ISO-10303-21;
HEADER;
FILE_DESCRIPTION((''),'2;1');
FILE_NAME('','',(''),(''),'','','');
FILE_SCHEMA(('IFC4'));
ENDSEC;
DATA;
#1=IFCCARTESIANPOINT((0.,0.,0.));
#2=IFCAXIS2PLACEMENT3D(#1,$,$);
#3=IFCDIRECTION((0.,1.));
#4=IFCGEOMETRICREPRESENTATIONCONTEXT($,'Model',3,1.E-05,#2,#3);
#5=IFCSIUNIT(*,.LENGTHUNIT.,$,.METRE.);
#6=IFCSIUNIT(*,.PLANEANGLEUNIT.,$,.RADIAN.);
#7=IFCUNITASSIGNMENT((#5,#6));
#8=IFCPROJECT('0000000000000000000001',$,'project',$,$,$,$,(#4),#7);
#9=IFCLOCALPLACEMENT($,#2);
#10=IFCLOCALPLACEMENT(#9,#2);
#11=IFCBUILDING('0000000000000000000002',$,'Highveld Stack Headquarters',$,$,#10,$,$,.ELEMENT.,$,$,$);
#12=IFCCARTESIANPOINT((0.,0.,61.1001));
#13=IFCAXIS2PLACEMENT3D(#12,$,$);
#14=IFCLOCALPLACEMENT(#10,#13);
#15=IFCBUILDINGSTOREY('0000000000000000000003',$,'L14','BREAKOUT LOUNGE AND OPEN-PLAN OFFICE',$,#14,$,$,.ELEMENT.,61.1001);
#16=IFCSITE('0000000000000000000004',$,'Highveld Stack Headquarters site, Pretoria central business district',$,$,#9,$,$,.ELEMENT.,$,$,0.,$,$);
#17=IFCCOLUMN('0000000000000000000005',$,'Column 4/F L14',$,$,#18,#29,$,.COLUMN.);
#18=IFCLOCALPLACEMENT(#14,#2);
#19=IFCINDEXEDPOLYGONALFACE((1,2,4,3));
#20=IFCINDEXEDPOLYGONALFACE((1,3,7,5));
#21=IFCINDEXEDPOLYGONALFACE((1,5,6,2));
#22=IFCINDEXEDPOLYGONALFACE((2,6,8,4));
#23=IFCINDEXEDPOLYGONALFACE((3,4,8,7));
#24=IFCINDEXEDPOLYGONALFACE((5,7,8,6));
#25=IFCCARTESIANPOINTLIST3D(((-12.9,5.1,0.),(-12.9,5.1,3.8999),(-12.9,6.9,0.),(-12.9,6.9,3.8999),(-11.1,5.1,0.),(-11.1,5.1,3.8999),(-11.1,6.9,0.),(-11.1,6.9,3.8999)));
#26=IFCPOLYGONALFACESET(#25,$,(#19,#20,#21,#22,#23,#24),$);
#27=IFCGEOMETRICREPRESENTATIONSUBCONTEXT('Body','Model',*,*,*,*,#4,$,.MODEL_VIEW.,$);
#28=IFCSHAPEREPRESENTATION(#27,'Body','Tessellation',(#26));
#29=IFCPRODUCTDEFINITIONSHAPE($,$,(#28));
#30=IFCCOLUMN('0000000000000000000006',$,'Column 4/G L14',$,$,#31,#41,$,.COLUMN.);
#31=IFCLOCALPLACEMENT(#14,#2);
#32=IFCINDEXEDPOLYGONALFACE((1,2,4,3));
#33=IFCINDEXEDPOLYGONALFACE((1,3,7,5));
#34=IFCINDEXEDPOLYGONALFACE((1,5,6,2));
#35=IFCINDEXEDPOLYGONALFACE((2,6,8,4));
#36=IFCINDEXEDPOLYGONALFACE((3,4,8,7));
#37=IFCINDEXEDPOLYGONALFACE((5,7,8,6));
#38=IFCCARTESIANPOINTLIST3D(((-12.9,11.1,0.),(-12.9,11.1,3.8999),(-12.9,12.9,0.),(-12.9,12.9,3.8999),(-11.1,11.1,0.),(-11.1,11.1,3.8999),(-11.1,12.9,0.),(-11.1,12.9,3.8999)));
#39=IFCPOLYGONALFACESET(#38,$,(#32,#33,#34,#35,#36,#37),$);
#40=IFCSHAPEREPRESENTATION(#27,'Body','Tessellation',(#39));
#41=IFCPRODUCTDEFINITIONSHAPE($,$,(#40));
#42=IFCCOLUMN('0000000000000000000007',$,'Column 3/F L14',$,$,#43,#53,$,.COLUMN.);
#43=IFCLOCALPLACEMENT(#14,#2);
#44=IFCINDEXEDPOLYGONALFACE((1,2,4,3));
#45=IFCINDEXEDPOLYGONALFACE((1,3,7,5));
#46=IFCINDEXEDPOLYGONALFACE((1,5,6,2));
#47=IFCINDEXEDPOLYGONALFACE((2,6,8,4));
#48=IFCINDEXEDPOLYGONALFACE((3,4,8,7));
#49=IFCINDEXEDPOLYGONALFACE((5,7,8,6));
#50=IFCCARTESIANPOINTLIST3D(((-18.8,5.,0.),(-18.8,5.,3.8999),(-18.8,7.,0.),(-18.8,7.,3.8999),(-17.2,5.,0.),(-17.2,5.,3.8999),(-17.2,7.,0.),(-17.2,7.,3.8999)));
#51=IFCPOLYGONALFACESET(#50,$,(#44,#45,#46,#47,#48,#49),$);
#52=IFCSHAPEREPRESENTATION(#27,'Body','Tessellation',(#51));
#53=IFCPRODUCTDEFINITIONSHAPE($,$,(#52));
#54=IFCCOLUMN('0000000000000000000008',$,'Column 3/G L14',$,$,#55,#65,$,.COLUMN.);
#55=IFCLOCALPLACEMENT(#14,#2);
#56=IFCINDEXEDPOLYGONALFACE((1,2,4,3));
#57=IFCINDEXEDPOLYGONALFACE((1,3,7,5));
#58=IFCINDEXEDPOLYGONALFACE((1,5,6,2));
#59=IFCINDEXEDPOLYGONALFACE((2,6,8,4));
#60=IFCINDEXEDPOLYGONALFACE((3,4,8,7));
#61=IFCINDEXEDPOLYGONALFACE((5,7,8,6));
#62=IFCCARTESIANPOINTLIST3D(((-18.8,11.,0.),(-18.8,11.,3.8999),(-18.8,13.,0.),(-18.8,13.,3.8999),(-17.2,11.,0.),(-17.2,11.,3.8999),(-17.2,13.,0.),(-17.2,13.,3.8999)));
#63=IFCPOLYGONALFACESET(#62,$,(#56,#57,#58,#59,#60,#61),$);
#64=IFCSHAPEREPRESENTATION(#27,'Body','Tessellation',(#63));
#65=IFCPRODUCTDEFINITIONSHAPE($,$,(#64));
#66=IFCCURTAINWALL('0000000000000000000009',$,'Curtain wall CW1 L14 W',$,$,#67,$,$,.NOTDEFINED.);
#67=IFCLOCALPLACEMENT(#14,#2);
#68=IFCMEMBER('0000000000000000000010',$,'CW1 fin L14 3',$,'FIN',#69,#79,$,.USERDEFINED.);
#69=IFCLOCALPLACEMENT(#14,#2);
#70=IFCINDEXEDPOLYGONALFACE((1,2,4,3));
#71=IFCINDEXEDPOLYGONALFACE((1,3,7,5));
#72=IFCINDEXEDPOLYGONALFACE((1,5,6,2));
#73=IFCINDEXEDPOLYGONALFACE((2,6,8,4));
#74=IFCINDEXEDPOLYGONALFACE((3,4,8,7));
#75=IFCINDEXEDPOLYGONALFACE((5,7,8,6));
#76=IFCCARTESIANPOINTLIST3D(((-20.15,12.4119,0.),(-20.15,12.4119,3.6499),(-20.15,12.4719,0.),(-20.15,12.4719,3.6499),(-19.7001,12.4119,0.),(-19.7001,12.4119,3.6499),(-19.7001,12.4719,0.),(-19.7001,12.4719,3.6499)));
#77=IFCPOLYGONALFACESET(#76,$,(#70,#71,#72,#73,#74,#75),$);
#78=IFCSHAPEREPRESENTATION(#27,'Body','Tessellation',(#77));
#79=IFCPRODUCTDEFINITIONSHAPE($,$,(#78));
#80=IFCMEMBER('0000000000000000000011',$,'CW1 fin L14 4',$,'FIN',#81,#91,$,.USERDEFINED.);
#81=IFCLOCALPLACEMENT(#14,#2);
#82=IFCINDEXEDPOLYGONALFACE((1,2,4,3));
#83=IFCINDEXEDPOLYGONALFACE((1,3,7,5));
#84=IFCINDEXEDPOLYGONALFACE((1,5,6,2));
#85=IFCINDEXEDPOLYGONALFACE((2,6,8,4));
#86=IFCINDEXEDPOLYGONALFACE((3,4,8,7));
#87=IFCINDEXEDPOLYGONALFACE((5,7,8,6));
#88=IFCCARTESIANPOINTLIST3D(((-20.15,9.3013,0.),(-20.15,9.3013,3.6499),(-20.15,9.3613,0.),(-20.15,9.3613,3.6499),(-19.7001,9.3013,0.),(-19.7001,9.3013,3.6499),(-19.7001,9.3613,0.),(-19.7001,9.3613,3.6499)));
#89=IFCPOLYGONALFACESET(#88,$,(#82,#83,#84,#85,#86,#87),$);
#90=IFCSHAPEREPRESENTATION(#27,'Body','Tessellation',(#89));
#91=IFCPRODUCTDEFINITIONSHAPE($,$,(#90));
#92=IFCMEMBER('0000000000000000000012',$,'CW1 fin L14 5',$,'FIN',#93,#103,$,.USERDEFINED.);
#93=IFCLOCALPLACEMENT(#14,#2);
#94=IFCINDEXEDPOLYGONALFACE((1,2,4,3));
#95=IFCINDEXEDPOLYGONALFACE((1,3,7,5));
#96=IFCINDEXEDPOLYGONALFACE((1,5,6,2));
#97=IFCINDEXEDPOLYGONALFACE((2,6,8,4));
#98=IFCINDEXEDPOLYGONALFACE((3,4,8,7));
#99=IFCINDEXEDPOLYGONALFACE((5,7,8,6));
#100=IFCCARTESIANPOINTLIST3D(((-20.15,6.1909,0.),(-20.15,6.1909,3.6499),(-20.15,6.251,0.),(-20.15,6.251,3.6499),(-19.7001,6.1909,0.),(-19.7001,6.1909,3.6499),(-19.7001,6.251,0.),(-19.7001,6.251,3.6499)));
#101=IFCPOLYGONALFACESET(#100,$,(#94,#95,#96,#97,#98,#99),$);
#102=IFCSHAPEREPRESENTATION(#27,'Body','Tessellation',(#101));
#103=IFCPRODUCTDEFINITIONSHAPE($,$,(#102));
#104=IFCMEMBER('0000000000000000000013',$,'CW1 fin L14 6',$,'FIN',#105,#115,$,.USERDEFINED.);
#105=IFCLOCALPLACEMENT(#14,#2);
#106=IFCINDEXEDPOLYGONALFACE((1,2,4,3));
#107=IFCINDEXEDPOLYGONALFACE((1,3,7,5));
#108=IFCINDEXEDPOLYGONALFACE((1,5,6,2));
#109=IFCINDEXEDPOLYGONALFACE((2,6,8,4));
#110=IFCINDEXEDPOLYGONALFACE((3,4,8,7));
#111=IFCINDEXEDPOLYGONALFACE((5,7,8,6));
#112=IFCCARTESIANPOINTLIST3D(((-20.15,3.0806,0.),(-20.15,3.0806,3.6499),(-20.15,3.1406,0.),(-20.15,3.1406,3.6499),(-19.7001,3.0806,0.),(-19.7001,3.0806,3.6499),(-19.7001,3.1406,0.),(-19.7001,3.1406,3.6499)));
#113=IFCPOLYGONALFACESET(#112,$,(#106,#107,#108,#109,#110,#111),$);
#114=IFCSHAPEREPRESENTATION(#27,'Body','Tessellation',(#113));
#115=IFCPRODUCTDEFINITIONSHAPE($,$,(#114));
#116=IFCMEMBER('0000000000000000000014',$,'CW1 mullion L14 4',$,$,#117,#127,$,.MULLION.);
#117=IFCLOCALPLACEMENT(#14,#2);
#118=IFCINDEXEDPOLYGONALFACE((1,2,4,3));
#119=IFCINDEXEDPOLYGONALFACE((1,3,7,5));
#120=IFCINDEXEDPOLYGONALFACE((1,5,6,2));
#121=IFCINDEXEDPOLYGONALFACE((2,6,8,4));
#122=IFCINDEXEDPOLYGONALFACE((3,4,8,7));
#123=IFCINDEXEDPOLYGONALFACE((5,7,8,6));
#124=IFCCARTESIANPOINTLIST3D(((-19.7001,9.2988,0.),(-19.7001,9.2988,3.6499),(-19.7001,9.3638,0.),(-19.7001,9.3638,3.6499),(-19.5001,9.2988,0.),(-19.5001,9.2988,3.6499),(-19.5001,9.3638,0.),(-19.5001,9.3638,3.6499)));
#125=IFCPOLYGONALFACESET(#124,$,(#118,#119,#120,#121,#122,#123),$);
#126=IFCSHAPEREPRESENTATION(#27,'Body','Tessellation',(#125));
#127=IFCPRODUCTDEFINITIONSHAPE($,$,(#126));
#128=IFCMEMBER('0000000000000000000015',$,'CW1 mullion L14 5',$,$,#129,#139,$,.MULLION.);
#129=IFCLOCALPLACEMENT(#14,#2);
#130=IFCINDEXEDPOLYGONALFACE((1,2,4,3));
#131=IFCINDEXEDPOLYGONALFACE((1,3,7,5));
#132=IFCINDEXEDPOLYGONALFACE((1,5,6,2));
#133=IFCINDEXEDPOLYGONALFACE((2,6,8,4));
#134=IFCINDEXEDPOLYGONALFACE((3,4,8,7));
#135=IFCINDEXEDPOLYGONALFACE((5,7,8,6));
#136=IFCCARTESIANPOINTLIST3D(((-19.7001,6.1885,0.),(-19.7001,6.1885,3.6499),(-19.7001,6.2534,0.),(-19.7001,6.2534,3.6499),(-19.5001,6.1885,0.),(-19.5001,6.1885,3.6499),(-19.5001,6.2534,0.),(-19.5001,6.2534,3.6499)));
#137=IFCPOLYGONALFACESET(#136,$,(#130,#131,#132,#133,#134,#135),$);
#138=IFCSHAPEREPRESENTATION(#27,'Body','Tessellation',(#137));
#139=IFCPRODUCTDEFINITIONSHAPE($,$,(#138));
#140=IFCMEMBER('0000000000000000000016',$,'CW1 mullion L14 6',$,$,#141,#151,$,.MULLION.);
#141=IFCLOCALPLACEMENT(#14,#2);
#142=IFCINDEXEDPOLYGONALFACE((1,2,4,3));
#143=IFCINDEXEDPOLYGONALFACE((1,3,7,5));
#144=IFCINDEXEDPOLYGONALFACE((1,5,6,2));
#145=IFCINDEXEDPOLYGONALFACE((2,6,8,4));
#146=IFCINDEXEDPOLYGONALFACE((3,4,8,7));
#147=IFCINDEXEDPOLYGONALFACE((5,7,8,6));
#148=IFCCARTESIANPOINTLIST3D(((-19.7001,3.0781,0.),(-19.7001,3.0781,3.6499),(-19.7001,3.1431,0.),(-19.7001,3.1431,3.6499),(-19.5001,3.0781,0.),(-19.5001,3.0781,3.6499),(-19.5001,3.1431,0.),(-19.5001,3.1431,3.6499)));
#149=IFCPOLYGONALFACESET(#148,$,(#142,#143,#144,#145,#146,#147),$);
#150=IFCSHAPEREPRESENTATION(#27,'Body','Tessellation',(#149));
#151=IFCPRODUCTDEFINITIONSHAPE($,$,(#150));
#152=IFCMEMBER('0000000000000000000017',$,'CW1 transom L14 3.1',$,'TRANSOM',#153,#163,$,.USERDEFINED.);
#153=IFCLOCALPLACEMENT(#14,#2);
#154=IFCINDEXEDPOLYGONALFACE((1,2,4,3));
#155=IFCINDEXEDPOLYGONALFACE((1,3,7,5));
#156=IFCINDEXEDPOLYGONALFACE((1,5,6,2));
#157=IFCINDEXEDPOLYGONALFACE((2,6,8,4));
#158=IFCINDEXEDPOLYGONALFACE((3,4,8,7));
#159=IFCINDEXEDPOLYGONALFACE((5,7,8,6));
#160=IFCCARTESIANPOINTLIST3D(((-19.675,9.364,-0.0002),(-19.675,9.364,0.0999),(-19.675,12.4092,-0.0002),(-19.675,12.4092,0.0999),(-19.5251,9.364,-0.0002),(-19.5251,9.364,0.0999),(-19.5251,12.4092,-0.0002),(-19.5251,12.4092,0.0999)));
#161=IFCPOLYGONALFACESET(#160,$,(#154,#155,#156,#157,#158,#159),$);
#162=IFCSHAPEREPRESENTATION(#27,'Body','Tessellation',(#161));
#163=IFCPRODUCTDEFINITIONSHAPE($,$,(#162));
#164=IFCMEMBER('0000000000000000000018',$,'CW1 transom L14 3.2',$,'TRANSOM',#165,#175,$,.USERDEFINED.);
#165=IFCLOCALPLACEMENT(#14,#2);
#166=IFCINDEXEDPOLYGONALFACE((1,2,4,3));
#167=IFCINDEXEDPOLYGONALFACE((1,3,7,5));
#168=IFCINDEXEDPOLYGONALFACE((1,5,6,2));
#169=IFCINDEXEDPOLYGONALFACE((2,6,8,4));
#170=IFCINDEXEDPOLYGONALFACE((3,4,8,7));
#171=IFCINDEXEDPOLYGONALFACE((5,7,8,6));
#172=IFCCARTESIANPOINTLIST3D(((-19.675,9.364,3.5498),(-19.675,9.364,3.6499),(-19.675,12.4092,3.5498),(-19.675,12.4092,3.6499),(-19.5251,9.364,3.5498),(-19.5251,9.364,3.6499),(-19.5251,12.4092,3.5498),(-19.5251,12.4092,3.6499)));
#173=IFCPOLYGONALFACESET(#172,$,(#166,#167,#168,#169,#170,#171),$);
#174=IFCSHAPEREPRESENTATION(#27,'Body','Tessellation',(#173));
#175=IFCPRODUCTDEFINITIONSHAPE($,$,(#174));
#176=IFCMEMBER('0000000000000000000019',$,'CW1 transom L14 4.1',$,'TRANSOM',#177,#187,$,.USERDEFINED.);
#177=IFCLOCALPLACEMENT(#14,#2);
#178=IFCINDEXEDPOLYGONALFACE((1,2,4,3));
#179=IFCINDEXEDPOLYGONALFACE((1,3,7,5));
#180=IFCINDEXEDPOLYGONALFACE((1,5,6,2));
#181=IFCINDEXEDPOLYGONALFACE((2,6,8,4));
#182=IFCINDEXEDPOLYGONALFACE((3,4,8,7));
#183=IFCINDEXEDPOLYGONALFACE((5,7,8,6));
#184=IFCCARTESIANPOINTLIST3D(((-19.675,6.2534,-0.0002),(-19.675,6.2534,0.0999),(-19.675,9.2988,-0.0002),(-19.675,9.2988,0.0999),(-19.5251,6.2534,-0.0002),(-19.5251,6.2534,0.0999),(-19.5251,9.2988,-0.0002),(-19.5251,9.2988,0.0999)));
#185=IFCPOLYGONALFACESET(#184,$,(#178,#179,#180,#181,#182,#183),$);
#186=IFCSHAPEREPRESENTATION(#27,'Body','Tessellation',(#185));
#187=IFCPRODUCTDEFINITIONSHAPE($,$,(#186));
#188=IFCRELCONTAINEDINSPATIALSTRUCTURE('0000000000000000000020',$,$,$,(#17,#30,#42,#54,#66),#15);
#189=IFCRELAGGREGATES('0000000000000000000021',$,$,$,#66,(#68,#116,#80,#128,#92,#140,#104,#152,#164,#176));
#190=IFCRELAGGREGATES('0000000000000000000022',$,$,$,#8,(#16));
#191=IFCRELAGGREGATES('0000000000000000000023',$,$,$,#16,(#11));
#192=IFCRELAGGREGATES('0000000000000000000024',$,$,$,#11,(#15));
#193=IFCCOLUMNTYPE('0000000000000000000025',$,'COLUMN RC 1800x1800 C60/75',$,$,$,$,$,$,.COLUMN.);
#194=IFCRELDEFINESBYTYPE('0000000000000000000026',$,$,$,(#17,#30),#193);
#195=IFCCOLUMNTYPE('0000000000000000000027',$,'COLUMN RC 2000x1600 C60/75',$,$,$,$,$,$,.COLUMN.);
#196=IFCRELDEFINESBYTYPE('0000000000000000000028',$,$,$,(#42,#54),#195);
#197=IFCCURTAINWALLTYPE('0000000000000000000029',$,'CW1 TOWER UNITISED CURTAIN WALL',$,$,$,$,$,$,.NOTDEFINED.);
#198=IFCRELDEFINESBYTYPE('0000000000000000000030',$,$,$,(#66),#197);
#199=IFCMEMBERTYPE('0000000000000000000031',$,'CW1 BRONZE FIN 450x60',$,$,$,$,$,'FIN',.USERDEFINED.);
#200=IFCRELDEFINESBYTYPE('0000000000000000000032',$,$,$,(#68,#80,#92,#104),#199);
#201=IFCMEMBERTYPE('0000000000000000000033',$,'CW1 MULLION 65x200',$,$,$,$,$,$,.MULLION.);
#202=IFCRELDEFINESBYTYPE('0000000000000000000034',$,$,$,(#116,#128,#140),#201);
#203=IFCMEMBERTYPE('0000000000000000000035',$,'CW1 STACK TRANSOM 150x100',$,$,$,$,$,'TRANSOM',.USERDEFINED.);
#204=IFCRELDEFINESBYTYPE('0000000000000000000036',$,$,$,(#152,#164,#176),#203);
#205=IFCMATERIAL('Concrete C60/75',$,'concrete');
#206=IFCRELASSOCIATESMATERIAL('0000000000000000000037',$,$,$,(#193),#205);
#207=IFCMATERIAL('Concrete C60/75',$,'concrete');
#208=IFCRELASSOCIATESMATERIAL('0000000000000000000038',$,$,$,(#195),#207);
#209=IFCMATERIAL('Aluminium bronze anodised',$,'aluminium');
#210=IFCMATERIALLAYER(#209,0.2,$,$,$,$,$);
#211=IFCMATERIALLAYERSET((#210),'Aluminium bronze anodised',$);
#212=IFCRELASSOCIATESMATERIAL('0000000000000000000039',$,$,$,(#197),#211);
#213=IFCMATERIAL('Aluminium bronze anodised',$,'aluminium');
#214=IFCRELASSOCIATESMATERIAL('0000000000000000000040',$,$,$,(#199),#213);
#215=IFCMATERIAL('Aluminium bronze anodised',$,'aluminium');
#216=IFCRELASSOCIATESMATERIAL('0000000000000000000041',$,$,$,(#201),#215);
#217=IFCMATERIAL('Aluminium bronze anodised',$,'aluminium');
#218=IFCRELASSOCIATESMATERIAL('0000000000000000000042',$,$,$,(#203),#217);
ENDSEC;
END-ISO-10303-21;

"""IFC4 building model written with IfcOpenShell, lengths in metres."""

from ifc_helpers import new_model, si_unit, direction, frame, origin, origin_2d, place, context, subcontext, project, spatial, rectangle, extrude, material, layer, layer_set, material_profile, profile_set, type_object, element, aggregate, save


model = new_model("IFC4")

# Units and contexts
model_context = context("Model", 3, precision=1e-05, world=origin(), true_north=direction((0.0, 1.0)))
body_context = subcontext(model_context, "Body", "Model", "MODEL_VIEW")
ifc_project = project(units=[si_unit("LENGTHUNIT", "METRE"), si_unit("PLANEANGLEUNIT", "RADIAN")], contexts=[model_context])

# Site, building, storey
site_placement = place(None, origin())
site = spatial("IfcSite", under=ifc_project, at=site_placement, Name="Highveld Stack Headquarters site, Pretoria central business district", CompositionType="ELEMENT", RefElevation=0.0)
building_placement = place(site_placement, origin())
building = spatial("IfcBuilding", under=site, at=building_placement, Name="Highveld Stack Headquarters", CompositionType="ELEMENT")
storey_placement = place(building_placement, frame((0.0, 0.0, 61.1001)))
storey = spatial("IfcBuildingStorey", under=building, at=storey_placement, Name="L14", Description="BREAKOUT LOUNGE AND OPEN-PLAN OFFICE", CompositionType="ELEMENT", Elevation=61.1001)

# Columns
ifc_material_1 = material(Name="Concrete C60/75", Category="concrete")
ifc_material_profile_1 = material_profile(ifc_material_1, rectangle(XDim=1.8, YDim=1.8, at=origin_2d()), Name="RC 1800x1800")
ifc_profile_set_1 = profile_set([ifc_material_profile_1], Name="Concrete C60/75")
column_type_1 = type_object("IfcColumnType", Name="COLUMN RC 1800x1800 C60/75", PredefinedType="COLUMN", material=ifc_profile_set_1)
for number, where, z_axis, x_axis, name in (
    (1, (-12.0, 6.0, 0.0), (0.0, 0.0, 1.0), (1.0, 0.0, 0.0), "Column 4/F L14"),
    (2, (-12.0, 12.0, 0.0), (0.0, 0.0, 1.0), (1.0, 0.0, 0.0), "Column 4/G L14"),
):
    element("IfcColumn", number, at=place(storey_placement, frame(where, z_axis=z_axis, x_axis=x_axis)), inside=storey, type_object=column_type_1, Name=name, PredefinedType="COLUMN", context=body_context, shape_type="SweptSolid", body=[
        extrude(rectangle(XDim=1.8, YDim=1.8, at=origin_2d()), origin(), (0.0, 0.0, 1.0), 3.8999),
    ])
ifc_material_2 = material(Name="Concrete C60/75", Category="concrete")
ifc_material_profile_2 = material_profile(ifc_material_2, rectangle(XDim=2.0, YDim=1.6001, at=origin_2d()), Name="RC 2000x1600")
ifc_profile_set_2 = profile_set([ifc_material_profile_2], Name="Concrete C60/75")
column_type_2 = type_object("IfcColumnType", Name="COLUMN RC 2000x1600 C60/75", PredefinedType="COLUMN", material=ifc_profile_set_2)
for number, where, z_axis, x_axis, name in (
    (3, (-18.0, 6.0, 0.0), (0.0, 0.0, 1.0), (0.0, 1.0, 0.0), "Column 3/F L14"),
    (4, (-18.0, 12.0, 0.0), (0.0, 0.0, 1.0), (0.0, 1.0, 0.0), "Column 3/G L14"),
):
    element("IfcColumn", number, at=place(storey_placement, frame(where, z_axis=z_axis, x_axis=x_axis)), inside=storey, type_object=column_type_2, Name=name, PredefinedType="COLUMN", context=body_context, shape_type="SweptSolid", body=[
        extrude(rectangle(XDim=2.0, YDim=1.6001, at=origin_2d()), origin(), (0.0, 0.0, 1.0), 3.8999),
    ])

# Curtain wall, members
ifc_material_3 = material(Name="Aluminium bronze anodised", Category="aluminium")
ifc_layer_1 = layer(ifc_material_3, 0.2)
ifc_layer_set_1 = layer_set([ifc_layer_1], Name="Aluminium bronze anodised")
curtain_wall_type = type_object("IfcCurtainWallType", Name="CW1 TOWER UNITISED CURTAIN WALL", PredefinedType="NOTDEFINED", material=ifc_layer_set_1)
curtain_wall_placement = place(storey_placement, origin())
curtain_wall = element("IfcCurtainWall", 5, at=curtain_wall_placement, inside=storey, type_object=curtain_wall_type, Name="Curtain wall CW1 L14 W", PredefinedType="NOTDEFINED")
ifc_material_4 = material(Name="Aluminium bronze anodised", Category="aluminium")
ifc_material_profile_3 = material_profile(ifc_material_4, rectangle(XDim=0.45, YDim=0.0601, at=origin_2d()), Name="FIN 450x60")
ifc_profile_set_3 = profile_set([ifc_material_profile_3], Name="Aluminium bronze anodised")
member_type_1 = type_object("IfcMemberType", Name="CW1 BRONZE FIN 450x60", ElementType="FIN", PredefinedType="USERDEFINED", material=ifc_profile_set_3)
member_1_placement = place(storey_placement, frame((-19.925, 12.4419, 0.0), z_axis=(0.0, 0.0, 1.0), x_axis=(1.0, 0.0, 0.0)))
member_1 = element("IfcMember", 6, at=member_1_placement, type_object=member_type_1, Name="CW1 fin L14 3", ObjectType="FIN", PredefinedType="USERDEFINED", context=body_context, shape_type="SweptSolid", body=[
    extrude(rectangle(XDim=0.45, YDim=0.0601, at=origin_2d()), origin(), (0.0, 0.0, 1.0), 3.6499),
])
member_2_placement = place(storey_placement, frame((-19.925, 9.3313, 0.0), z_axis=(0.0, 0.0, 1.0), x_axis=(1.0, 0.0, 0.0)))
member_2 = element("IfcMember", 7, at=member_2_placement, type_object=member_type_1, Name="CW1 fin L14 4", ObjectType="FIN", PredefinedType="USERDEFINED", context=body_context, shape_type="SweptSolid", body=[
    extrude(rectangle(XDim=0.45, YDim=0.0601, at=origin_2d()), origin(), (0.0, 0.0, 1.0), 3.6499),
])
member_3_placement = place(storey_placement, frame((-19.925, 6.2209, 0.0), z_axis=(0.0, 0.0, 1.0), x_axis=(1.0, 0.0, 0.0)))
member_3 = element("IfcMember", 8, at=member_3_placement, type_object=member_type_1, Name="CW1 fin L14 5", ObjectType="FIN", PredefinedType="USERDEFINED", context=body_context, shape_type="SweptSolid", body=[
    extrude(rectangle(XDim=0.45, YDim=0.0601, at=origin_2d()), origin(), (0.0, 0.0, 1.0), 3.6499),
])
member_4_placement = place(storey_placement, frame((-19.925, 3.1106, 0.0), z_axis=(0.0, 0.0, 1.0), x_axis=(1.0, 0.0, 0.0)))
member_4 = element("IfcMember", 9, at=member_4_placement, type_object=member_type_1, Name="CW1 fin L14 6", ObjectType="FIN", PredefinedType="USERDEFINED", context=body_context, shape_type="SweptSolid", body=[
    extrude(rectangle(XDim=0.45, YDim=0.0601, at=origin_2d()), origin(), (0.0, 0.0, 1.0), 3.6499),
])
ifc_material_5 = material(Name="Aluminium bronze anodised", Category="aluminium")
ifc_material_profile_4 = material_profile(ifc_material_5, rectangle(XDim=0.2, YDim=0.0649, at=origin_2d()), Name="CW1 MULLION 65x200")
ifc_profile_set_4 = profile_set([ifc_material_profile_4], Name="Aluminium bronze anodised")
member_type_2 = type_object("IfcMemberType", Name="CW1 MULLION 65x200", PredefinedType="MULLION", material=ifc_profile_set_4)
member_5_placement = place(storey_placement, frame((-19.6001, 9.3313, 0.0), z_axis=(0.0, 0.0, 1.0), x_axis=(1.0, 0.0, 0.0)))
member_5 = element("IfcMember", 10, at=member_5_placement, type_object=member_type_2, Name="CW1 mullion L14 4", PredefinedType="MULLION", context=body_context, shape_type="SweptSolid", body=[
    extrude(rectangle(XDim=0.2, YDim=0.0649, at=origin_2d()), origin(), (0.0, 0.0, 1.0), 3.6499),
])
member_6_placement = place(storey_placement, frame((-19.6001, 6.2209, 0.0), z_axis=(0.0, 0.0, 1.0), x_axis=(1.0, 0.0, 0.0)))
member_6 = element("IfcMember", 11, at=member_6_placement, type_object=member_type_2, Name="CW1 mullion L14 5", PredefinedType="MULLION", context=body_context, shape_type="SweptSolid", body=[
    extrude(rectangle(XDim=0.2, YDim=0.0649, at=origin_2d()), origin(), (0.0, 0.0, 1.0), 3.6499),
])
member_7_placement = place(storey_placement, frame((-19.6001, 3.1106, 0.0), z_axis=(0.0, 0.0, 1.0), x_axis=(1.0, 0.0, 0.0)))
member_7 = element("IfcMember", 12, at=member_7_placement, type_object=member_type_2, Name="CW1 mullion L14 6", PredefinedType="MULLION", context=body_context, shape_type="SweptSolid", body=[
    extrude(rectangle(XDim=0.2, YDim=0.0649, at=origin_2d()), origin(), (0.0, 0.0, 1.0), 3.6499),
])
ifc_material_6 = material(Name="Aluminium bronze anodised", Category="aluminium")
ifc_material_profile_5 = material_profile(ifc_material_6, rectangle(XDim=0.1499, YDim=0.1001, at=origin_2d()), Name="CW1 TRANSOM 150x100")
ifc_profile_set_5 = profile_set([ifc_material_profile_5], Name="Aluminium bronze anodised")
member_type_3 = type_object("IfcMemberType", Name="CW1 STACK TRANSOM 150x100", ElementType="TRANSOM", PredefinedType="USERDEFINED", material=ifc_profile_set_5)
member_8_placement = place(storey_placement, frame((-19.6001, 12.4092, 0.0498), z_axis=(0.0, -1.0, 0.0), x_axis=(1.0, 0.0, 0.0)))
member_8 = element("IfcMember", 13, at=member_8_placement, type_object=member_type_3, Name="CW1 transom L14 3.1", ObjectType="TRANSOM", PredefinedType="USERDEFINED", context=body_context, shape_type="SweptSolid", body=[
    extrude(rectangle(XDim=0.1499, YDim=0.1001, at=origin_2d()), origin(), (0.0, 0.0, 1.0), 3.0452),
])
member_9_placement = place(storey_placement, frame((-19.6001, 12.4092, 3.5999), z_axis=(0.0, -1.0, 0.0), x_axis=(1.0, 0.0, 0.0)))
member_9 = element("IfcMember", 14, at=member_9_placement, type_object=member_type_3, Name="CW1 transom L14 3.2", ObjectType="TRANSOM", PredefinedType="USERDEFINED", context=body_context, shape_type="SweptSolid", body=[
    extrude(rectangle(XDim=0.1499, YDim=0.1001, at=origin_2d()), origin(), (0.0, 0.0, 1.0), 3.0452),
])
member_10_placement = place(storey_placement, frame((-19.6001, 9.2988, 0.0498), z_axis=(0.0, -1.0, 0.0), x_axis=(1.0, 0.0, 0.0)))
member_10 = element("IfcMember", 15, at=member_10_placement, type_object=member_type_3, Name="CW1 transom L14 4.1", ObjectType="TRANSOM", PredefinedType="USERDEFINED", context=body_context, shape_type="SweptSolid", body=[
    extrude(rectangle(XDim=0.1499, YDim=0.1001, at=origin_2d()), origin(), (0.0, 0.0, 1.0), 3.0454),
])
aggregate(curtain_wall, [member_1, member_5, member_2, member_6, member_3, member_7, member_4, member_8, member_9, member_10])

save(model, "model.ifc")
